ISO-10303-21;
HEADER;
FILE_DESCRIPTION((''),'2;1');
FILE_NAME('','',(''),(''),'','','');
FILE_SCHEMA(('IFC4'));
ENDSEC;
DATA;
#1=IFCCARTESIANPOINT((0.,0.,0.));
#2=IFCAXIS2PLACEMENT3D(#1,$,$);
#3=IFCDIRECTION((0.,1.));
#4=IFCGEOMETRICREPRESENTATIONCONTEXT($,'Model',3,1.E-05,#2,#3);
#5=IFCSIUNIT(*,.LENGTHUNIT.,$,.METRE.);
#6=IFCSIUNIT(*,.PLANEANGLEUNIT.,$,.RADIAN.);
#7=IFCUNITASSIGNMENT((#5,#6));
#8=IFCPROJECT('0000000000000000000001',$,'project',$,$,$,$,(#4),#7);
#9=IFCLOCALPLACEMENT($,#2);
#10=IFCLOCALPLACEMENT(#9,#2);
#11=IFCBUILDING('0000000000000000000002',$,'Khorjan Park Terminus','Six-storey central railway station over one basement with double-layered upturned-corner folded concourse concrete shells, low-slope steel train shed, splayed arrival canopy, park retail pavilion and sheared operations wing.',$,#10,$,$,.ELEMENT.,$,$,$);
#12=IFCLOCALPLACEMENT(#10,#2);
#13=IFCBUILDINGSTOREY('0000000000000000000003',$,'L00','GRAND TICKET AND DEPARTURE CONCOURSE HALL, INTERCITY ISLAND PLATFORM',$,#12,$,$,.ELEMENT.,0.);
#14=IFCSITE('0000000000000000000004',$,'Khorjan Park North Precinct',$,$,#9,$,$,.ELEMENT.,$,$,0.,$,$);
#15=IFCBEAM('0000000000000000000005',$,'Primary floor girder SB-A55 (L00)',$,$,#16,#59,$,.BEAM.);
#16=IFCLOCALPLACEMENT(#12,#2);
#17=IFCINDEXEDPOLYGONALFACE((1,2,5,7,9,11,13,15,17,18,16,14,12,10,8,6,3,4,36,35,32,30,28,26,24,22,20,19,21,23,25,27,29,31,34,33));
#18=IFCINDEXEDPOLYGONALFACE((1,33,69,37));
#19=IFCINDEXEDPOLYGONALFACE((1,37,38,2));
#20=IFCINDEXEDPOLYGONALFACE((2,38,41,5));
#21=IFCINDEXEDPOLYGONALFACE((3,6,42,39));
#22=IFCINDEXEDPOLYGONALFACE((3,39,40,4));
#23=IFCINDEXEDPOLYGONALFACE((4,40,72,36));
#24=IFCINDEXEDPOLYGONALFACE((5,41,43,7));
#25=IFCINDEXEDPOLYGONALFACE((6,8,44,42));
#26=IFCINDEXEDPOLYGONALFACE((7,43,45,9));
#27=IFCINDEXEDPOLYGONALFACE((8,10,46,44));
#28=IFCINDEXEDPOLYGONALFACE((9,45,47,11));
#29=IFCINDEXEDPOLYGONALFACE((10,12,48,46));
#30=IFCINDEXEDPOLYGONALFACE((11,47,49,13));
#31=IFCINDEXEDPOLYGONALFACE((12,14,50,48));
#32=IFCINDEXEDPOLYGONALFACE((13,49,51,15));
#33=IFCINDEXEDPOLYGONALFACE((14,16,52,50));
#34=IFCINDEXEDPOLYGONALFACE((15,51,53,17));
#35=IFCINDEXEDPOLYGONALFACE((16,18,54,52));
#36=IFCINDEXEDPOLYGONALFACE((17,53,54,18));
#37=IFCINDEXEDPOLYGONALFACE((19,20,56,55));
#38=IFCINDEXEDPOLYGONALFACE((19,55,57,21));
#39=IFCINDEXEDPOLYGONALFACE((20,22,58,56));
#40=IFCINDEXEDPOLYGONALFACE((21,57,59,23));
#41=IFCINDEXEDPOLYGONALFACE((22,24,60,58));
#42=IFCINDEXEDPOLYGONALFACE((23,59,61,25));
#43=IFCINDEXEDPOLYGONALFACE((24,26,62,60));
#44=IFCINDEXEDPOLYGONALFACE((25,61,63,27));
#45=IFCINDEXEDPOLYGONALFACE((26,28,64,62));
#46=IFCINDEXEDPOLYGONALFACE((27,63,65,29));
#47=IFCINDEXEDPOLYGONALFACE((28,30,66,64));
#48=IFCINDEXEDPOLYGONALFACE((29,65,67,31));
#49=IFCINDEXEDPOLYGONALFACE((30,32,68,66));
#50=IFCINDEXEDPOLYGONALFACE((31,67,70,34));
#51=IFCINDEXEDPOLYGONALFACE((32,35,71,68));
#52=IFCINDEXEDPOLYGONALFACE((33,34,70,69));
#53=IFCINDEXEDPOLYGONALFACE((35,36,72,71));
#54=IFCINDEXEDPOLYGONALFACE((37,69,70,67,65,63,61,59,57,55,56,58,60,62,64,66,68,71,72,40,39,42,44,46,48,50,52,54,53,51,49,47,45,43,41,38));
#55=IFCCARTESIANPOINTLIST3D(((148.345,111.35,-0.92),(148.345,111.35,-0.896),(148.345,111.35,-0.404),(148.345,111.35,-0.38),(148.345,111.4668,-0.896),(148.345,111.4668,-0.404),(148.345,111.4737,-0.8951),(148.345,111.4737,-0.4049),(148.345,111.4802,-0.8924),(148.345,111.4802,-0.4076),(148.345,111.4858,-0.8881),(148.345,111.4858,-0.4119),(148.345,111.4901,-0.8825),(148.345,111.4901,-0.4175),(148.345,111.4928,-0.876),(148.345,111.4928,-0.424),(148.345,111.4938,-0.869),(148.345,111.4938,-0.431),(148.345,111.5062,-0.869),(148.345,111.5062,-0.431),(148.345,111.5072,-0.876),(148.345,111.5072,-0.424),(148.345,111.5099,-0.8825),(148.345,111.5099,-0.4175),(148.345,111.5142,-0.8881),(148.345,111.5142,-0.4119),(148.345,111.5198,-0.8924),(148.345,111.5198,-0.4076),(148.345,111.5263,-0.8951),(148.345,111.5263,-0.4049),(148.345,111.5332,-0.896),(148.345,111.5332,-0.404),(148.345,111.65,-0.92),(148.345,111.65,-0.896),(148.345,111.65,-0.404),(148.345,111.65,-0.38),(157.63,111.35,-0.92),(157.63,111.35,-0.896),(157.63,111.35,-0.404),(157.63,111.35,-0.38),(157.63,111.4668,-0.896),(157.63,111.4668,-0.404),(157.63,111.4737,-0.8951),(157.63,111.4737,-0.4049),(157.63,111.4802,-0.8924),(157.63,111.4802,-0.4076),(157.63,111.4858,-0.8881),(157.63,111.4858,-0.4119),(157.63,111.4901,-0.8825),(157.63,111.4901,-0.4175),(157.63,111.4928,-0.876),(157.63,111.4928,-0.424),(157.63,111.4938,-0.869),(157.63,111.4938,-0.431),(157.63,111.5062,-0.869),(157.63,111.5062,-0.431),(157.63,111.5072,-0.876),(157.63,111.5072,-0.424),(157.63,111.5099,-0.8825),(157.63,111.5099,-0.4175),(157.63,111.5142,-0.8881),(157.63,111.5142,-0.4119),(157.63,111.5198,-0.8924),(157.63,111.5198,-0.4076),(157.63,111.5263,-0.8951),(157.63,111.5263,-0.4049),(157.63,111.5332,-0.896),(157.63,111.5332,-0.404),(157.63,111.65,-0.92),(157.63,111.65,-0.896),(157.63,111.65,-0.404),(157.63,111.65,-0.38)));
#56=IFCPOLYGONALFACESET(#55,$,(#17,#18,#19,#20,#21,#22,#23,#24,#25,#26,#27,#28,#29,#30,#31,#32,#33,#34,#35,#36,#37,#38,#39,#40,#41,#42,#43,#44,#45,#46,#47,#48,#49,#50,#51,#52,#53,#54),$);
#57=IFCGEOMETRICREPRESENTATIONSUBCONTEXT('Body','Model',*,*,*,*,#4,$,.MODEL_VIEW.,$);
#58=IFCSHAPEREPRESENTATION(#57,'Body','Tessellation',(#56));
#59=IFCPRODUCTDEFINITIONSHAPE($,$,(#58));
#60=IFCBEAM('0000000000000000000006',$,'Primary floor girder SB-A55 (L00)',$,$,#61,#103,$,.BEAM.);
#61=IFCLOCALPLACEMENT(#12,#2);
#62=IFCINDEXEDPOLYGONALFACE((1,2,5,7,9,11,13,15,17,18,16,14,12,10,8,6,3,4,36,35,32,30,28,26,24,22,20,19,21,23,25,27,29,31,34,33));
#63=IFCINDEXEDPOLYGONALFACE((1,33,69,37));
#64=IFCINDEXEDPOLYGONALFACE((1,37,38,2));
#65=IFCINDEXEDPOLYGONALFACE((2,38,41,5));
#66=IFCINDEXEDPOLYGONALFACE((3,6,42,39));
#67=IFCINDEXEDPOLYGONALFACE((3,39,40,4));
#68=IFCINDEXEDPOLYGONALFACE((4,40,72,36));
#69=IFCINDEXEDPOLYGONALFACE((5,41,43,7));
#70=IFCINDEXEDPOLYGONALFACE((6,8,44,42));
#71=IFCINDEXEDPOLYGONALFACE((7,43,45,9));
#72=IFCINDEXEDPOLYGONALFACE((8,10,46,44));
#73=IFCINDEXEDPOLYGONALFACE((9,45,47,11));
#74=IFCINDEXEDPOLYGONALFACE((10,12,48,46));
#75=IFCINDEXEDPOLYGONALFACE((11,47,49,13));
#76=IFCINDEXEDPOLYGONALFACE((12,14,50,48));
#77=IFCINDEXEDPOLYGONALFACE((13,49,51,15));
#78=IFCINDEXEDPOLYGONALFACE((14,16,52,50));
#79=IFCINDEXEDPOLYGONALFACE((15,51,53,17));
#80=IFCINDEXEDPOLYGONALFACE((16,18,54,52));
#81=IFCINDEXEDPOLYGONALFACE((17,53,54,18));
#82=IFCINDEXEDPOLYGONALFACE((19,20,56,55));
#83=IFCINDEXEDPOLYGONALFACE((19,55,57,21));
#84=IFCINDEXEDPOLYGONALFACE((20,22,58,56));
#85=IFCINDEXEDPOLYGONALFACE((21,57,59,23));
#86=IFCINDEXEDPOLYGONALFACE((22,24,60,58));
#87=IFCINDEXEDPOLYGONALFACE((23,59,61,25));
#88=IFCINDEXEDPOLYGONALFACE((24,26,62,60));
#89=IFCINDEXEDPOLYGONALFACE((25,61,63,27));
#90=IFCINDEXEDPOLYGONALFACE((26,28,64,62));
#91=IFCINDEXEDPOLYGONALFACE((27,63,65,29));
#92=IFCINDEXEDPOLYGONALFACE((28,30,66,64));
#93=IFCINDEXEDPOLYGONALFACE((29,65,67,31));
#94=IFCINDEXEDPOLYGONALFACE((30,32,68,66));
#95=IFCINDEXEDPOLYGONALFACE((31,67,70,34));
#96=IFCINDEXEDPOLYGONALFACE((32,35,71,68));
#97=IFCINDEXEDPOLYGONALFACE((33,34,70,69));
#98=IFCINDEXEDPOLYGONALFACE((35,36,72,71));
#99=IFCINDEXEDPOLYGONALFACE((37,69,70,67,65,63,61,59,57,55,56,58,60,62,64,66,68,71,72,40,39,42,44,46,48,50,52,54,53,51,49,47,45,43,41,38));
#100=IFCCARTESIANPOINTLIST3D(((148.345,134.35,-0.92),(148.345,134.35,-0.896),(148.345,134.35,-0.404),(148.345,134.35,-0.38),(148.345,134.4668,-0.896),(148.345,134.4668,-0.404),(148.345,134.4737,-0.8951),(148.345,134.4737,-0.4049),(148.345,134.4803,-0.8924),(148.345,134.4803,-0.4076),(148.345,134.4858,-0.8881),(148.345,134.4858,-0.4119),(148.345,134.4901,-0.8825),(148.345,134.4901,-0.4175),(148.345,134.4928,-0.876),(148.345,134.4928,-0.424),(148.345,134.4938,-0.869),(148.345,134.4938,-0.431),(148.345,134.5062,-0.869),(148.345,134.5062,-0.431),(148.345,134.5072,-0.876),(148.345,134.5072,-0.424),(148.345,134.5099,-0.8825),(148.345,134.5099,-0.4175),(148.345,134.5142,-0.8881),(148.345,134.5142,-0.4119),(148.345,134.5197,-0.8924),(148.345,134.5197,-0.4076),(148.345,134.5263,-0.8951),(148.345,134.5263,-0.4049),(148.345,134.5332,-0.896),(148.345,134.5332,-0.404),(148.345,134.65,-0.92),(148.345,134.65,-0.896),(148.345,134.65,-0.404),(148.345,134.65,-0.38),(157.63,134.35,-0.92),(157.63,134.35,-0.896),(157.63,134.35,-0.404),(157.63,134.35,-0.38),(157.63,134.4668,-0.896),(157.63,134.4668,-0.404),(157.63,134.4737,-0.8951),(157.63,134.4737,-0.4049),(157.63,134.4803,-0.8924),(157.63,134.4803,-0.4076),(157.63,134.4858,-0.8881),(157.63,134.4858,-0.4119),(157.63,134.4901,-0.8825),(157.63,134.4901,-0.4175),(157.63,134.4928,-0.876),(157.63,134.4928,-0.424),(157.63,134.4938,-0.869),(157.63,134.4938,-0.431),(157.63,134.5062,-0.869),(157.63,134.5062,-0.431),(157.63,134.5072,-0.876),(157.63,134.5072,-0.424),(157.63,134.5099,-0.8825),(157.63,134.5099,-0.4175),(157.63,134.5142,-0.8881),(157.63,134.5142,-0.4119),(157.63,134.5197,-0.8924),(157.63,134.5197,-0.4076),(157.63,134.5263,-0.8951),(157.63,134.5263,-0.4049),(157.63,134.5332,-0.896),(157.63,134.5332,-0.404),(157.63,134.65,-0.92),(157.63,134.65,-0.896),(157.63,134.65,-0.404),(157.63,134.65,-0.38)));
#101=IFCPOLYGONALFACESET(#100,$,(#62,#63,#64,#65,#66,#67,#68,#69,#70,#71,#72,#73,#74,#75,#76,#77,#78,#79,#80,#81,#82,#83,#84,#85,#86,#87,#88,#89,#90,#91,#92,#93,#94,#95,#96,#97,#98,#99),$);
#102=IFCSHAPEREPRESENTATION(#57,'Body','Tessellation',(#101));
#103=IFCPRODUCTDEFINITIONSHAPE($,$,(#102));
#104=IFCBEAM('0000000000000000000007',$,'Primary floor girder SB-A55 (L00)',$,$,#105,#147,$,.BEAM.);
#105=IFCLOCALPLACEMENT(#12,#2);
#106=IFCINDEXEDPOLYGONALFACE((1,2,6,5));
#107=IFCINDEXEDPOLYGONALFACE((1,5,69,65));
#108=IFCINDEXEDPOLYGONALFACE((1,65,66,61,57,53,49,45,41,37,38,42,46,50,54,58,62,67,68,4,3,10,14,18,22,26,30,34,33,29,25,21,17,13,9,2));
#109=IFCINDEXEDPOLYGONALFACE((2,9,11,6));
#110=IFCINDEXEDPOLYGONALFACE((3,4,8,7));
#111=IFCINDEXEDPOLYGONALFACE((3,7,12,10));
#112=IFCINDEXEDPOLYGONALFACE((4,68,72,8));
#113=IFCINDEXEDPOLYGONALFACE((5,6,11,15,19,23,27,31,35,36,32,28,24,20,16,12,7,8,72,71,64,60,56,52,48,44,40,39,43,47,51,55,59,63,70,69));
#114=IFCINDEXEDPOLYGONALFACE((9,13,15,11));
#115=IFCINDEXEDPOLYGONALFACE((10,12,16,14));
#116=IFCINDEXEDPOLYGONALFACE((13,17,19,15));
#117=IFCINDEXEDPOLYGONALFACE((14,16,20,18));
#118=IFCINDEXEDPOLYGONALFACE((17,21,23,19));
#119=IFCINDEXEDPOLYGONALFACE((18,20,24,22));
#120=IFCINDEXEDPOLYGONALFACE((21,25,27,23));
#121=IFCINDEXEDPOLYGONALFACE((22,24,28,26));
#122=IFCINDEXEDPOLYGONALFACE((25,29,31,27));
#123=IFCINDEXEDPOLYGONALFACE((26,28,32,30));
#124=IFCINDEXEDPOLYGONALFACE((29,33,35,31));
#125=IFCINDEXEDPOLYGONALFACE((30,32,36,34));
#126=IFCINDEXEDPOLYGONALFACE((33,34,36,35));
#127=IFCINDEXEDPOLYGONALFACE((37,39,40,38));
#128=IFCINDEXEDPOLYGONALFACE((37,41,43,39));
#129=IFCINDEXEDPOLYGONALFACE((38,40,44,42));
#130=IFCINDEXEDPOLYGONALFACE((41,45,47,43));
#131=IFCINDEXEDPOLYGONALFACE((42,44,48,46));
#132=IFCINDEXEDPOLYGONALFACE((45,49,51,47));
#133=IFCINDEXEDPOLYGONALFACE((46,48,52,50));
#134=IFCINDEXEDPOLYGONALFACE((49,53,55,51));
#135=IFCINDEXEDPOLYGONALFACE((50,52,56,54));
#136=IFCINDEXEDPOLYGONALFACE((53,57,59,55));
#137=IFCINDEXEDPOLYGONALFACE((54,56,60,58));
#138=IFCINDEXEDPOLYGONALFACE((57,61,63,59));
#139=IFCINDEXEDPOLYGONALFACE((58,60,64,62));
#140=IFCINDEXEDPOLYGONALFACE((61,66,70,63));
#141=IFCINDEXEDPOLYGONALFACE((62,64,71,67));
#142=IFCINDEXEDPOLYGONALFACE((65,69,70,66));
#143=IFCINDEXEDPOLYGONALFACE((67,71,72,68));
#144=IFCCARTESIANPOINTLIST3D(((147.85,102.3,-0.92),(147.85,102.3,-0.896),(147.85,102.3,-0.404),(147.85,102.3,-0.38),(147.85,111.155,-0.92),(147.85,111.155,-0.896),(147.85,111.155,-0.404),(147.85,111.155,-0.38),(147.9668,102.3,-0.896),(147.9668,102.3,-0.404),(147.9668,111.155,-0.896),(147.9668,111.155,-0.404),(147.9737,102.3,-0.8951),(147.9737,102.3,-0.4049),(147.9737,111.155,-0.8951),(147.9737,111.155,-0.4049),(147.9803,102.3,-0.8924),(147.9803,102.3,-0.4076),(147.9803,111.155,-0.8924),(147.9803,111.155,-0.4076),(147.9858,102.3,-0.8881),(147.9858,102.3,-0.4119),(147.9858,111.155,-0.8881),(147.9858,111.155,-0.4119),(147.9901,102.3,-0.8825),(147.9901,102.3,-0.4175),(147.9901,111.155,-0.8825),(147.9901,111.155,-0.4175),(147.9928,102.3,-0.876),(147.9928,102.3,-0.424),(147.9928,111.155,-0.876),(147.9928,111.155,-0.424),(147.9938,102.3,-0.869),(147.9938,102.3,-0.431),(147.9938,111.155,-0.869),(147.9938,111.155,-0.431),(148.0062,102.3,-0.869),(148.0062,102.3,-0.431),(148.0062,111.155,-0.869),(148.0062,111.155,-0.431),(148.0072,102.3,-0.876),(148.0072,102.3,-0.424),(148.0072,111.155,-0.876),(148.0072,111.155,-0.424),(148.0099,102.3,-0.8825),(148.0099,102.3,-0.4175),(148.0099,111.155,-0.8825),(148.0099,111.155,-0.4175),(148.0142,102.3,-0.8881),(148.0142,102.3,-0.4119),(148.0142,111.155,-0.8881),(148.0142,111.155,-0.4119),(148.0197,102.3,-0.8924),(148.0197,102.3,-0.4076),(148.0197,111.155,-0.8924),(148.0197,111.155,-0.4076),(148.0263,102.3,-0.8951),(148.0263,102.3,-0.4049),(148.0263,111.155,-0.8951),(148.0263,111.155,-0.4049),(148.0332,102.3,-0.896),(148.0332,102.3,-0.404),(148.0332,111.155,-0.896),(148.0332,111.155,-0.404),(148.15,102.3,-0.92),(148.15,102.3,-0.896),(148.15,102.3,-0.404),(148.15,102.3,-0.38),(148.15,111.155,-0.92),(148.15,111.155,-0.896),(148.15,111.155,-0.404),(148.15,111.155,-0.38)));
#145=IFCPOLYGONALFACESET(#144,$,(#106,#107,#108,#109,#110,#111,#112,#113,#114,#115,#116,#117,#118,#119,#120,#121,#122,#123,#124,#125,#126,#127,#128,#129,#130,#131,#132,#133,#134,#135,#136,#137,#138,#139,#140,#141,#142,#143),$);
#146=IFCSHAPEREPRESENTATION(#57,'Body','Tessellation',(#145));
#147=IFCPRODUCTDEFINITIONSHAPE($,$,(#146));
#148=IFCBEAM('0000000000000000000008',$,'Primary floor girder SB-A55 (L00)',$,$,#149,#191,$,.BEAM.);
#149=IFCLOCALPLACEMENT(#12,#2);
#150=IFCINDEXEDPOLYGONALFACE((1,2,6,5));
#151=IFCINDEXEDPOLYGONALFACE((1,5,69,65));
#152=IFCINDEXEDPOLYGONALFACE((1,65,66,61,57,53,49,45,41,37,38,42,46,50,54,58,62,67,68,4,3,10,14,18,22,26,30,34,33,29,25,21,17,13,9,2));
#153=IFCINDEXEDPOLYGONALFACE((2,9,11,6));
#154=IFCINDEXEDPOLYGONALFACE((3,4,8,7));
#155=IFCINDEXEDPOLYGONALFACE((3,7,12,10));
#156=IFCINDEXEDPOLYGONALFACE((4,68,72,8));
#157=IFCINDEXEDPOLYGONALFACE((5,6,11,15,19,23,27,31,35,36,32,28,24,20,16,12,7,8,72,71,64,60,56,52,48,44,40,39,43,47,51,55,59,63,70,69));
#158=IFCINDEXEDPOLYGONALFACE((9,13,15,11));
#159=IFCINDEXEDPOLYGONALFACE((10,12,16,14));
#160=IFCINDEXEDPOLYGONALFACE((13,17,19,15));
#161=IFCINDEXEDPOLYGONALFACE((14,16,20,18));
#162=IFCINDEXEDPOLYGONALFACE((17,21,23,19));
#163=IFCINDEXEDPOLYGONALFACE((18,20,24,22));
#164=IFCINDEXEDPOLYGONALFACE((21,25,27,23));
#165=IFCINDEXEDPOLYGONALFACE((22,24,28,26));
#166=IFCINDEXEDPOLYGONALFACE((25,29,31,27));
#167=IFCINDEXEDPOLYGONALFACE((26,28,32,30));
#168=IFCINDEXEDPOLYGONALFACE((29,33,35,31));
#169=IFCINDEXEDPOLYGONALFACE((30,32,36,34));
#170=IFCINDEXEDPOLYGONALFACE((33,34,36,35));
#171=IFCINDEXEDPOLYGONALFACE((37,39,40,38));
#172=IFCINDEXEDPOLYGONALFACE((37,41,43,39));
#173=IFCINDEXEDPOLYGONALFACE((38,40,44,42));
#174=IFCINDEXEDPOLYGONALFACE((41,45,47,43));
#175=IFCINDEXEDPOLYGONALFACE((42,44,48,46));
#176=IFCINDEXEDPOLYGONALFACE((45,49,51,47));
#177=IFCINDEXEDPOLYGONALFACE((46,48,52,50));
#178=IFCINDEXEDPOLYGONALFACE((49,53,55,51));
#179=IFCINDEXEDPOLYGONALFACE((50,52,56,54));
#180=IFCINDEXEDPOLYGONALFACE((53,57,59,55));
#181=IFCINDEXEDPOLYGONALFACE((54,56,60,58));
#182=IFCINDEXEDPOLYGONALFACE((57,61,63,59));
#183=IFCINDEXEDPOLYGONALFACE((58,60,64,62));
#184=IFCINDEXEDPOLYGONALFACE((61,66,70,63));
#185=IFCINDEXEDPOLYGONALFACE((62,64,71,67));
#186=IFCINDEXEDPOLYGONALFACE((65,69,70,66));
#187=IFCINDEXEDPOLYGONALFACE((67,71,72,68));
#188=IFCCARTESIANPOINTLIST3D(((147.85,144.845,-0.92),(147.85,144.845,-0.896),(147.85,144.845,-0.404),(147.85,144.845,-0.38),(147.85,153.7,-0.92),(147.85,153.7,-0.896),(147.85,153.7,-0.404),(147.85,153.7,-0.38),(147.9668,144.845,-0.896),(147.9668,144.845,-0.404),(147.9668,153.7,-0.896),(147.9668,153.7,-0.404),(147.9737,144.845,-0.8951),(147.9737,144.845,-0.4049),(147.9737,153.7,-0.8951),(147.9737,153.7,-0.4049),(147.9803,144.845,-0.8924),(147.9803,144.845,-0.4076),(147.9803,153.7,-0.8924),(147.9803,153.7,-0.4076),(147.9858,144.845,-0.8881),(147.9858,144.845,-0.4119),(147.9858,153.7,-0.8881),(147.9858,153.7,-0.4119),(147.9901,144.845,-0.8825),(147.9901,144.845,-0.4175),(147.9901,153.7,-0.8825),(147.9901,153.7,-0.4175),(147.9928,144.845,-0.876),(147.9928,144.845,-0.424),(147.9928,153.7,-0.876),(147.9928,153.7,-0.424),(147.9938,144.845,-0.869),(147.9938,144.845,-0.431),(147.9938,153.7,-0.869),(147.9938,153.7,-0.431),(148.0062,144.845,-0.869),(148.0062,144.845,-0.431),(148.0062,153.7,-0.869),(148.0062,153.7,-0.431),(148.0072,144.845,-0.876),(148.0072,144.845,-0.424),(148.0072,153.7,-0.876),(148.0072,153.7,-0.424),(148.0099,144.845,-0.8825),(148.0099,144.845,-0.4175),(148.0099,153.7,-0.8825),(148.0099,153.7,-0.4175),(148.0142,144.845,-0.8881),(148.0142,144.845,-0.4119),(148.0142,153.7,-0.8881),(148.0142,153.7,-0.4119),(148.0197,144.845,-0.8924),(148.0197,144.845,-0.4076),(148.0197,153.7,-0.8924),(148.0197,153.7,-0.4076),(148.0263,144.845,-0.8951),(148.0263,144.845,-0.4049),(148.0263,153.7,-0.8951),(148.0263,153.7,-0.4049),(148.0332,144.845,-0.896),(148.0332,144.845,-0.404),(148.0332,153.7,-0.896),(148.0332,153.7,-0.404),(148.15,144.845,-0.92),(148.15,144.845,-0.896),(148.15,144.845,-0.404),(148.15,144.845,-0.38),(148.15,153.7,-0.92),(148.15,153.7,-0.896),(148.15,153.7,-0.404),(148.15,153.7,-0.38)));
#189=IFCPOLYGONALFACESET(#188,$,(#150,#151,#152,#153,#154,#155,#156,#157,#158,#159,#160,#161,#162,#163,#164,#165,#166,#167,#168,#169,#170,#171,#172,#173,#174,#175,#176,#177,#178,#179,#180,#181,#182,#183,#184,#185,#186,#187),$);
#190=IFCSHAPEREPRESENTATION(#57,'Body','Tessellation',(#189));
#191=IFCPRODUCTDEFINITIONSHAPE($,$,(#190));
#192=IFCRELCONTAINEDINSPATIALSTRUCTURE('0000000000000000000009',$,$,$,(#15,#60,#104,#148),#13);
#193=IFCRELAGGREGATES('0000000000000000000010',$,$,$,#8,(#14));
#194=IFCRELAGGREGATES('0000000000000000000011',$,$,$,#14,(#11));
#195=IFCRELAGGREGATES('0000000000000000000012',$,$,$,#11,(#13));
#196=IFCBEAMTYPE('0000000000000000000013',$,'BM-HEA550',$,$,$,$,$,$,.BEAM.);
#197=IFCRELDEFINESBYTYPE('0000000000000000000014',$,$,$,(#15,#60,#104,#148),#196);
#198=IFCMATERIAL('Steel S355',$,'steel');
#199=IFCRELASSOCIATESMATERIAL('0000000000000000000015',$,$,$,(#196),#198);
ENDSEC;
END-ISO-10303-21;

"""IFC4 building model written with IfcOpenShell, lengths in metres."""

from ifc_helpers import new_model, si_unit, direction, frame, origin, origin_2d, place, context, subcontext, project, spatial, i_section, extrude, material, material_profile, profile_set, type_object, element, save


model = new_model("IFC4")

# Units and contexts
model_context = context("Model", 3, precision=1e-05, world=origin(), true_north=direction((0.0, 1.0)))
body_context = subcontext(model_context, "Body", "Model", "MODEL_VIEW")
ifc_project = project(units=[si_unit("LENGTHUNIT", "METRE"), si_unit("PLANEANGLEUNIT", "RADIAN")], contexts=[model_context])

# Site, building, storey
site_placement = place(None, origin())
site = spatial("IfcSite", under=ifc_project, at=site_placement, Name="Khorjan Park North Precinct", CompositionType="ELEMENT", RefElevation=0.0)
building_placement = place(site_placement, origin())
building = spatial("IfcBuilding", under=site, at=building_placement, Name="Khorjan Park Terminus", Description="Six-storey central railway station over one basement with double-layered upturned-corner folded concourse concrete shells, low-slope steel train shed, splayed arrival canopy, park retail pavilion and sheared operations wing.", CompositionType="ELEMENT")
storey_placement = place(building_placement, origin())
storey = spatial("IfcBuildingStorey", under=building, at=storey_placement, Name="L00", Description="GRAND TICKET AND DEPARTURE CONCOURSE HALL, INTERCITY ISLAND PLATFORM", CompositionType="ELEMENT", Elevation=0.0)

# Shared definitions
ifc_material_1 = material(Name="Steel S355", Category="steel")

# Beams
ifc_material_profile_1 = material_profile(ifc_material_1, i_section(OverallWidth=0.3, OverallDepth=0.54, WebThickness=0.0125, FlangeThickness=0.024, FilletRadius=0.027, at=origin_2d()), Name="HEA 550")
ifc_profile_set_1 = profile_set([ifc_material_profile_1], Name="Steel S355")
beam_type_1 = type_object("IfcBeamType", Name="BM-HEA550", PredefinedType="BEAM", material=ifc_profile_set_1)
for number, where, z_axis, x_axis, name in (
    (1, (148.345, 111.5, -0.65), (1.0, 0.0, 0.0), (0.0, 1.0, 0.0), "Primary floor girder SB-A55 (L00)"),
    (2, (148.345, 134.5, -0.65), (1.0, 0.0, 0.0), (0.0, 1.0, 0.0), "Primary floor girder SB-A55 (L00)"),
):
    element("IfcBeam", number, at=place(storey_placement, frame(where, z_axis=z_axis, x_axis=x_axis)), inside=storey, type_object=beam_type_1, Name=name, PredefinedType="BEAM", context=body_context, shape_type="SweptSolid", body=[
        extrude(i_section(OverallWidth=0.3, OverallDepth=0.54, WebThickness=0.0125, FlangeThickness=0.024, FilletRadius=0.027, at=origin_2d()), origin(), (0.0, 0.0, 1.0), 9.285),
    ])
for number, where, z_axis, x_axis, name in (
    (3, (148.0, 102.3, -0.65), (0.0, 1.0, 0.0), (-1.0, 0.0, 0.0), "Primary floor girder SB-A55 (L00)"),
    (4, (148.0, 144.845, -0.65), (0.0, 1.0, 0.0), (-1.0, 0.0, 0.0), "Primary floor girder SB-A55 (L00)"),
):
    element("IfcBeam", number, at=place(storey_placement, frame(where, z_axis=z_axis, x_axis=x_axis)), inside=storey, type_object=beam_type_1, Name=name, PredefinedType="BEAM", context=body_context, shape_type="SweptSolid", body=[
        extrude(i_section(OverallWidth=0.3, OverallDepth=0.54, WebThickness=0.0125, FlangeThickness=0.024, FilletRadius=0.027, at=origin_2d()), origin(), (0.0, 0.0, 1.0), 8.855),
    ])

save(model, "model.ifc")
